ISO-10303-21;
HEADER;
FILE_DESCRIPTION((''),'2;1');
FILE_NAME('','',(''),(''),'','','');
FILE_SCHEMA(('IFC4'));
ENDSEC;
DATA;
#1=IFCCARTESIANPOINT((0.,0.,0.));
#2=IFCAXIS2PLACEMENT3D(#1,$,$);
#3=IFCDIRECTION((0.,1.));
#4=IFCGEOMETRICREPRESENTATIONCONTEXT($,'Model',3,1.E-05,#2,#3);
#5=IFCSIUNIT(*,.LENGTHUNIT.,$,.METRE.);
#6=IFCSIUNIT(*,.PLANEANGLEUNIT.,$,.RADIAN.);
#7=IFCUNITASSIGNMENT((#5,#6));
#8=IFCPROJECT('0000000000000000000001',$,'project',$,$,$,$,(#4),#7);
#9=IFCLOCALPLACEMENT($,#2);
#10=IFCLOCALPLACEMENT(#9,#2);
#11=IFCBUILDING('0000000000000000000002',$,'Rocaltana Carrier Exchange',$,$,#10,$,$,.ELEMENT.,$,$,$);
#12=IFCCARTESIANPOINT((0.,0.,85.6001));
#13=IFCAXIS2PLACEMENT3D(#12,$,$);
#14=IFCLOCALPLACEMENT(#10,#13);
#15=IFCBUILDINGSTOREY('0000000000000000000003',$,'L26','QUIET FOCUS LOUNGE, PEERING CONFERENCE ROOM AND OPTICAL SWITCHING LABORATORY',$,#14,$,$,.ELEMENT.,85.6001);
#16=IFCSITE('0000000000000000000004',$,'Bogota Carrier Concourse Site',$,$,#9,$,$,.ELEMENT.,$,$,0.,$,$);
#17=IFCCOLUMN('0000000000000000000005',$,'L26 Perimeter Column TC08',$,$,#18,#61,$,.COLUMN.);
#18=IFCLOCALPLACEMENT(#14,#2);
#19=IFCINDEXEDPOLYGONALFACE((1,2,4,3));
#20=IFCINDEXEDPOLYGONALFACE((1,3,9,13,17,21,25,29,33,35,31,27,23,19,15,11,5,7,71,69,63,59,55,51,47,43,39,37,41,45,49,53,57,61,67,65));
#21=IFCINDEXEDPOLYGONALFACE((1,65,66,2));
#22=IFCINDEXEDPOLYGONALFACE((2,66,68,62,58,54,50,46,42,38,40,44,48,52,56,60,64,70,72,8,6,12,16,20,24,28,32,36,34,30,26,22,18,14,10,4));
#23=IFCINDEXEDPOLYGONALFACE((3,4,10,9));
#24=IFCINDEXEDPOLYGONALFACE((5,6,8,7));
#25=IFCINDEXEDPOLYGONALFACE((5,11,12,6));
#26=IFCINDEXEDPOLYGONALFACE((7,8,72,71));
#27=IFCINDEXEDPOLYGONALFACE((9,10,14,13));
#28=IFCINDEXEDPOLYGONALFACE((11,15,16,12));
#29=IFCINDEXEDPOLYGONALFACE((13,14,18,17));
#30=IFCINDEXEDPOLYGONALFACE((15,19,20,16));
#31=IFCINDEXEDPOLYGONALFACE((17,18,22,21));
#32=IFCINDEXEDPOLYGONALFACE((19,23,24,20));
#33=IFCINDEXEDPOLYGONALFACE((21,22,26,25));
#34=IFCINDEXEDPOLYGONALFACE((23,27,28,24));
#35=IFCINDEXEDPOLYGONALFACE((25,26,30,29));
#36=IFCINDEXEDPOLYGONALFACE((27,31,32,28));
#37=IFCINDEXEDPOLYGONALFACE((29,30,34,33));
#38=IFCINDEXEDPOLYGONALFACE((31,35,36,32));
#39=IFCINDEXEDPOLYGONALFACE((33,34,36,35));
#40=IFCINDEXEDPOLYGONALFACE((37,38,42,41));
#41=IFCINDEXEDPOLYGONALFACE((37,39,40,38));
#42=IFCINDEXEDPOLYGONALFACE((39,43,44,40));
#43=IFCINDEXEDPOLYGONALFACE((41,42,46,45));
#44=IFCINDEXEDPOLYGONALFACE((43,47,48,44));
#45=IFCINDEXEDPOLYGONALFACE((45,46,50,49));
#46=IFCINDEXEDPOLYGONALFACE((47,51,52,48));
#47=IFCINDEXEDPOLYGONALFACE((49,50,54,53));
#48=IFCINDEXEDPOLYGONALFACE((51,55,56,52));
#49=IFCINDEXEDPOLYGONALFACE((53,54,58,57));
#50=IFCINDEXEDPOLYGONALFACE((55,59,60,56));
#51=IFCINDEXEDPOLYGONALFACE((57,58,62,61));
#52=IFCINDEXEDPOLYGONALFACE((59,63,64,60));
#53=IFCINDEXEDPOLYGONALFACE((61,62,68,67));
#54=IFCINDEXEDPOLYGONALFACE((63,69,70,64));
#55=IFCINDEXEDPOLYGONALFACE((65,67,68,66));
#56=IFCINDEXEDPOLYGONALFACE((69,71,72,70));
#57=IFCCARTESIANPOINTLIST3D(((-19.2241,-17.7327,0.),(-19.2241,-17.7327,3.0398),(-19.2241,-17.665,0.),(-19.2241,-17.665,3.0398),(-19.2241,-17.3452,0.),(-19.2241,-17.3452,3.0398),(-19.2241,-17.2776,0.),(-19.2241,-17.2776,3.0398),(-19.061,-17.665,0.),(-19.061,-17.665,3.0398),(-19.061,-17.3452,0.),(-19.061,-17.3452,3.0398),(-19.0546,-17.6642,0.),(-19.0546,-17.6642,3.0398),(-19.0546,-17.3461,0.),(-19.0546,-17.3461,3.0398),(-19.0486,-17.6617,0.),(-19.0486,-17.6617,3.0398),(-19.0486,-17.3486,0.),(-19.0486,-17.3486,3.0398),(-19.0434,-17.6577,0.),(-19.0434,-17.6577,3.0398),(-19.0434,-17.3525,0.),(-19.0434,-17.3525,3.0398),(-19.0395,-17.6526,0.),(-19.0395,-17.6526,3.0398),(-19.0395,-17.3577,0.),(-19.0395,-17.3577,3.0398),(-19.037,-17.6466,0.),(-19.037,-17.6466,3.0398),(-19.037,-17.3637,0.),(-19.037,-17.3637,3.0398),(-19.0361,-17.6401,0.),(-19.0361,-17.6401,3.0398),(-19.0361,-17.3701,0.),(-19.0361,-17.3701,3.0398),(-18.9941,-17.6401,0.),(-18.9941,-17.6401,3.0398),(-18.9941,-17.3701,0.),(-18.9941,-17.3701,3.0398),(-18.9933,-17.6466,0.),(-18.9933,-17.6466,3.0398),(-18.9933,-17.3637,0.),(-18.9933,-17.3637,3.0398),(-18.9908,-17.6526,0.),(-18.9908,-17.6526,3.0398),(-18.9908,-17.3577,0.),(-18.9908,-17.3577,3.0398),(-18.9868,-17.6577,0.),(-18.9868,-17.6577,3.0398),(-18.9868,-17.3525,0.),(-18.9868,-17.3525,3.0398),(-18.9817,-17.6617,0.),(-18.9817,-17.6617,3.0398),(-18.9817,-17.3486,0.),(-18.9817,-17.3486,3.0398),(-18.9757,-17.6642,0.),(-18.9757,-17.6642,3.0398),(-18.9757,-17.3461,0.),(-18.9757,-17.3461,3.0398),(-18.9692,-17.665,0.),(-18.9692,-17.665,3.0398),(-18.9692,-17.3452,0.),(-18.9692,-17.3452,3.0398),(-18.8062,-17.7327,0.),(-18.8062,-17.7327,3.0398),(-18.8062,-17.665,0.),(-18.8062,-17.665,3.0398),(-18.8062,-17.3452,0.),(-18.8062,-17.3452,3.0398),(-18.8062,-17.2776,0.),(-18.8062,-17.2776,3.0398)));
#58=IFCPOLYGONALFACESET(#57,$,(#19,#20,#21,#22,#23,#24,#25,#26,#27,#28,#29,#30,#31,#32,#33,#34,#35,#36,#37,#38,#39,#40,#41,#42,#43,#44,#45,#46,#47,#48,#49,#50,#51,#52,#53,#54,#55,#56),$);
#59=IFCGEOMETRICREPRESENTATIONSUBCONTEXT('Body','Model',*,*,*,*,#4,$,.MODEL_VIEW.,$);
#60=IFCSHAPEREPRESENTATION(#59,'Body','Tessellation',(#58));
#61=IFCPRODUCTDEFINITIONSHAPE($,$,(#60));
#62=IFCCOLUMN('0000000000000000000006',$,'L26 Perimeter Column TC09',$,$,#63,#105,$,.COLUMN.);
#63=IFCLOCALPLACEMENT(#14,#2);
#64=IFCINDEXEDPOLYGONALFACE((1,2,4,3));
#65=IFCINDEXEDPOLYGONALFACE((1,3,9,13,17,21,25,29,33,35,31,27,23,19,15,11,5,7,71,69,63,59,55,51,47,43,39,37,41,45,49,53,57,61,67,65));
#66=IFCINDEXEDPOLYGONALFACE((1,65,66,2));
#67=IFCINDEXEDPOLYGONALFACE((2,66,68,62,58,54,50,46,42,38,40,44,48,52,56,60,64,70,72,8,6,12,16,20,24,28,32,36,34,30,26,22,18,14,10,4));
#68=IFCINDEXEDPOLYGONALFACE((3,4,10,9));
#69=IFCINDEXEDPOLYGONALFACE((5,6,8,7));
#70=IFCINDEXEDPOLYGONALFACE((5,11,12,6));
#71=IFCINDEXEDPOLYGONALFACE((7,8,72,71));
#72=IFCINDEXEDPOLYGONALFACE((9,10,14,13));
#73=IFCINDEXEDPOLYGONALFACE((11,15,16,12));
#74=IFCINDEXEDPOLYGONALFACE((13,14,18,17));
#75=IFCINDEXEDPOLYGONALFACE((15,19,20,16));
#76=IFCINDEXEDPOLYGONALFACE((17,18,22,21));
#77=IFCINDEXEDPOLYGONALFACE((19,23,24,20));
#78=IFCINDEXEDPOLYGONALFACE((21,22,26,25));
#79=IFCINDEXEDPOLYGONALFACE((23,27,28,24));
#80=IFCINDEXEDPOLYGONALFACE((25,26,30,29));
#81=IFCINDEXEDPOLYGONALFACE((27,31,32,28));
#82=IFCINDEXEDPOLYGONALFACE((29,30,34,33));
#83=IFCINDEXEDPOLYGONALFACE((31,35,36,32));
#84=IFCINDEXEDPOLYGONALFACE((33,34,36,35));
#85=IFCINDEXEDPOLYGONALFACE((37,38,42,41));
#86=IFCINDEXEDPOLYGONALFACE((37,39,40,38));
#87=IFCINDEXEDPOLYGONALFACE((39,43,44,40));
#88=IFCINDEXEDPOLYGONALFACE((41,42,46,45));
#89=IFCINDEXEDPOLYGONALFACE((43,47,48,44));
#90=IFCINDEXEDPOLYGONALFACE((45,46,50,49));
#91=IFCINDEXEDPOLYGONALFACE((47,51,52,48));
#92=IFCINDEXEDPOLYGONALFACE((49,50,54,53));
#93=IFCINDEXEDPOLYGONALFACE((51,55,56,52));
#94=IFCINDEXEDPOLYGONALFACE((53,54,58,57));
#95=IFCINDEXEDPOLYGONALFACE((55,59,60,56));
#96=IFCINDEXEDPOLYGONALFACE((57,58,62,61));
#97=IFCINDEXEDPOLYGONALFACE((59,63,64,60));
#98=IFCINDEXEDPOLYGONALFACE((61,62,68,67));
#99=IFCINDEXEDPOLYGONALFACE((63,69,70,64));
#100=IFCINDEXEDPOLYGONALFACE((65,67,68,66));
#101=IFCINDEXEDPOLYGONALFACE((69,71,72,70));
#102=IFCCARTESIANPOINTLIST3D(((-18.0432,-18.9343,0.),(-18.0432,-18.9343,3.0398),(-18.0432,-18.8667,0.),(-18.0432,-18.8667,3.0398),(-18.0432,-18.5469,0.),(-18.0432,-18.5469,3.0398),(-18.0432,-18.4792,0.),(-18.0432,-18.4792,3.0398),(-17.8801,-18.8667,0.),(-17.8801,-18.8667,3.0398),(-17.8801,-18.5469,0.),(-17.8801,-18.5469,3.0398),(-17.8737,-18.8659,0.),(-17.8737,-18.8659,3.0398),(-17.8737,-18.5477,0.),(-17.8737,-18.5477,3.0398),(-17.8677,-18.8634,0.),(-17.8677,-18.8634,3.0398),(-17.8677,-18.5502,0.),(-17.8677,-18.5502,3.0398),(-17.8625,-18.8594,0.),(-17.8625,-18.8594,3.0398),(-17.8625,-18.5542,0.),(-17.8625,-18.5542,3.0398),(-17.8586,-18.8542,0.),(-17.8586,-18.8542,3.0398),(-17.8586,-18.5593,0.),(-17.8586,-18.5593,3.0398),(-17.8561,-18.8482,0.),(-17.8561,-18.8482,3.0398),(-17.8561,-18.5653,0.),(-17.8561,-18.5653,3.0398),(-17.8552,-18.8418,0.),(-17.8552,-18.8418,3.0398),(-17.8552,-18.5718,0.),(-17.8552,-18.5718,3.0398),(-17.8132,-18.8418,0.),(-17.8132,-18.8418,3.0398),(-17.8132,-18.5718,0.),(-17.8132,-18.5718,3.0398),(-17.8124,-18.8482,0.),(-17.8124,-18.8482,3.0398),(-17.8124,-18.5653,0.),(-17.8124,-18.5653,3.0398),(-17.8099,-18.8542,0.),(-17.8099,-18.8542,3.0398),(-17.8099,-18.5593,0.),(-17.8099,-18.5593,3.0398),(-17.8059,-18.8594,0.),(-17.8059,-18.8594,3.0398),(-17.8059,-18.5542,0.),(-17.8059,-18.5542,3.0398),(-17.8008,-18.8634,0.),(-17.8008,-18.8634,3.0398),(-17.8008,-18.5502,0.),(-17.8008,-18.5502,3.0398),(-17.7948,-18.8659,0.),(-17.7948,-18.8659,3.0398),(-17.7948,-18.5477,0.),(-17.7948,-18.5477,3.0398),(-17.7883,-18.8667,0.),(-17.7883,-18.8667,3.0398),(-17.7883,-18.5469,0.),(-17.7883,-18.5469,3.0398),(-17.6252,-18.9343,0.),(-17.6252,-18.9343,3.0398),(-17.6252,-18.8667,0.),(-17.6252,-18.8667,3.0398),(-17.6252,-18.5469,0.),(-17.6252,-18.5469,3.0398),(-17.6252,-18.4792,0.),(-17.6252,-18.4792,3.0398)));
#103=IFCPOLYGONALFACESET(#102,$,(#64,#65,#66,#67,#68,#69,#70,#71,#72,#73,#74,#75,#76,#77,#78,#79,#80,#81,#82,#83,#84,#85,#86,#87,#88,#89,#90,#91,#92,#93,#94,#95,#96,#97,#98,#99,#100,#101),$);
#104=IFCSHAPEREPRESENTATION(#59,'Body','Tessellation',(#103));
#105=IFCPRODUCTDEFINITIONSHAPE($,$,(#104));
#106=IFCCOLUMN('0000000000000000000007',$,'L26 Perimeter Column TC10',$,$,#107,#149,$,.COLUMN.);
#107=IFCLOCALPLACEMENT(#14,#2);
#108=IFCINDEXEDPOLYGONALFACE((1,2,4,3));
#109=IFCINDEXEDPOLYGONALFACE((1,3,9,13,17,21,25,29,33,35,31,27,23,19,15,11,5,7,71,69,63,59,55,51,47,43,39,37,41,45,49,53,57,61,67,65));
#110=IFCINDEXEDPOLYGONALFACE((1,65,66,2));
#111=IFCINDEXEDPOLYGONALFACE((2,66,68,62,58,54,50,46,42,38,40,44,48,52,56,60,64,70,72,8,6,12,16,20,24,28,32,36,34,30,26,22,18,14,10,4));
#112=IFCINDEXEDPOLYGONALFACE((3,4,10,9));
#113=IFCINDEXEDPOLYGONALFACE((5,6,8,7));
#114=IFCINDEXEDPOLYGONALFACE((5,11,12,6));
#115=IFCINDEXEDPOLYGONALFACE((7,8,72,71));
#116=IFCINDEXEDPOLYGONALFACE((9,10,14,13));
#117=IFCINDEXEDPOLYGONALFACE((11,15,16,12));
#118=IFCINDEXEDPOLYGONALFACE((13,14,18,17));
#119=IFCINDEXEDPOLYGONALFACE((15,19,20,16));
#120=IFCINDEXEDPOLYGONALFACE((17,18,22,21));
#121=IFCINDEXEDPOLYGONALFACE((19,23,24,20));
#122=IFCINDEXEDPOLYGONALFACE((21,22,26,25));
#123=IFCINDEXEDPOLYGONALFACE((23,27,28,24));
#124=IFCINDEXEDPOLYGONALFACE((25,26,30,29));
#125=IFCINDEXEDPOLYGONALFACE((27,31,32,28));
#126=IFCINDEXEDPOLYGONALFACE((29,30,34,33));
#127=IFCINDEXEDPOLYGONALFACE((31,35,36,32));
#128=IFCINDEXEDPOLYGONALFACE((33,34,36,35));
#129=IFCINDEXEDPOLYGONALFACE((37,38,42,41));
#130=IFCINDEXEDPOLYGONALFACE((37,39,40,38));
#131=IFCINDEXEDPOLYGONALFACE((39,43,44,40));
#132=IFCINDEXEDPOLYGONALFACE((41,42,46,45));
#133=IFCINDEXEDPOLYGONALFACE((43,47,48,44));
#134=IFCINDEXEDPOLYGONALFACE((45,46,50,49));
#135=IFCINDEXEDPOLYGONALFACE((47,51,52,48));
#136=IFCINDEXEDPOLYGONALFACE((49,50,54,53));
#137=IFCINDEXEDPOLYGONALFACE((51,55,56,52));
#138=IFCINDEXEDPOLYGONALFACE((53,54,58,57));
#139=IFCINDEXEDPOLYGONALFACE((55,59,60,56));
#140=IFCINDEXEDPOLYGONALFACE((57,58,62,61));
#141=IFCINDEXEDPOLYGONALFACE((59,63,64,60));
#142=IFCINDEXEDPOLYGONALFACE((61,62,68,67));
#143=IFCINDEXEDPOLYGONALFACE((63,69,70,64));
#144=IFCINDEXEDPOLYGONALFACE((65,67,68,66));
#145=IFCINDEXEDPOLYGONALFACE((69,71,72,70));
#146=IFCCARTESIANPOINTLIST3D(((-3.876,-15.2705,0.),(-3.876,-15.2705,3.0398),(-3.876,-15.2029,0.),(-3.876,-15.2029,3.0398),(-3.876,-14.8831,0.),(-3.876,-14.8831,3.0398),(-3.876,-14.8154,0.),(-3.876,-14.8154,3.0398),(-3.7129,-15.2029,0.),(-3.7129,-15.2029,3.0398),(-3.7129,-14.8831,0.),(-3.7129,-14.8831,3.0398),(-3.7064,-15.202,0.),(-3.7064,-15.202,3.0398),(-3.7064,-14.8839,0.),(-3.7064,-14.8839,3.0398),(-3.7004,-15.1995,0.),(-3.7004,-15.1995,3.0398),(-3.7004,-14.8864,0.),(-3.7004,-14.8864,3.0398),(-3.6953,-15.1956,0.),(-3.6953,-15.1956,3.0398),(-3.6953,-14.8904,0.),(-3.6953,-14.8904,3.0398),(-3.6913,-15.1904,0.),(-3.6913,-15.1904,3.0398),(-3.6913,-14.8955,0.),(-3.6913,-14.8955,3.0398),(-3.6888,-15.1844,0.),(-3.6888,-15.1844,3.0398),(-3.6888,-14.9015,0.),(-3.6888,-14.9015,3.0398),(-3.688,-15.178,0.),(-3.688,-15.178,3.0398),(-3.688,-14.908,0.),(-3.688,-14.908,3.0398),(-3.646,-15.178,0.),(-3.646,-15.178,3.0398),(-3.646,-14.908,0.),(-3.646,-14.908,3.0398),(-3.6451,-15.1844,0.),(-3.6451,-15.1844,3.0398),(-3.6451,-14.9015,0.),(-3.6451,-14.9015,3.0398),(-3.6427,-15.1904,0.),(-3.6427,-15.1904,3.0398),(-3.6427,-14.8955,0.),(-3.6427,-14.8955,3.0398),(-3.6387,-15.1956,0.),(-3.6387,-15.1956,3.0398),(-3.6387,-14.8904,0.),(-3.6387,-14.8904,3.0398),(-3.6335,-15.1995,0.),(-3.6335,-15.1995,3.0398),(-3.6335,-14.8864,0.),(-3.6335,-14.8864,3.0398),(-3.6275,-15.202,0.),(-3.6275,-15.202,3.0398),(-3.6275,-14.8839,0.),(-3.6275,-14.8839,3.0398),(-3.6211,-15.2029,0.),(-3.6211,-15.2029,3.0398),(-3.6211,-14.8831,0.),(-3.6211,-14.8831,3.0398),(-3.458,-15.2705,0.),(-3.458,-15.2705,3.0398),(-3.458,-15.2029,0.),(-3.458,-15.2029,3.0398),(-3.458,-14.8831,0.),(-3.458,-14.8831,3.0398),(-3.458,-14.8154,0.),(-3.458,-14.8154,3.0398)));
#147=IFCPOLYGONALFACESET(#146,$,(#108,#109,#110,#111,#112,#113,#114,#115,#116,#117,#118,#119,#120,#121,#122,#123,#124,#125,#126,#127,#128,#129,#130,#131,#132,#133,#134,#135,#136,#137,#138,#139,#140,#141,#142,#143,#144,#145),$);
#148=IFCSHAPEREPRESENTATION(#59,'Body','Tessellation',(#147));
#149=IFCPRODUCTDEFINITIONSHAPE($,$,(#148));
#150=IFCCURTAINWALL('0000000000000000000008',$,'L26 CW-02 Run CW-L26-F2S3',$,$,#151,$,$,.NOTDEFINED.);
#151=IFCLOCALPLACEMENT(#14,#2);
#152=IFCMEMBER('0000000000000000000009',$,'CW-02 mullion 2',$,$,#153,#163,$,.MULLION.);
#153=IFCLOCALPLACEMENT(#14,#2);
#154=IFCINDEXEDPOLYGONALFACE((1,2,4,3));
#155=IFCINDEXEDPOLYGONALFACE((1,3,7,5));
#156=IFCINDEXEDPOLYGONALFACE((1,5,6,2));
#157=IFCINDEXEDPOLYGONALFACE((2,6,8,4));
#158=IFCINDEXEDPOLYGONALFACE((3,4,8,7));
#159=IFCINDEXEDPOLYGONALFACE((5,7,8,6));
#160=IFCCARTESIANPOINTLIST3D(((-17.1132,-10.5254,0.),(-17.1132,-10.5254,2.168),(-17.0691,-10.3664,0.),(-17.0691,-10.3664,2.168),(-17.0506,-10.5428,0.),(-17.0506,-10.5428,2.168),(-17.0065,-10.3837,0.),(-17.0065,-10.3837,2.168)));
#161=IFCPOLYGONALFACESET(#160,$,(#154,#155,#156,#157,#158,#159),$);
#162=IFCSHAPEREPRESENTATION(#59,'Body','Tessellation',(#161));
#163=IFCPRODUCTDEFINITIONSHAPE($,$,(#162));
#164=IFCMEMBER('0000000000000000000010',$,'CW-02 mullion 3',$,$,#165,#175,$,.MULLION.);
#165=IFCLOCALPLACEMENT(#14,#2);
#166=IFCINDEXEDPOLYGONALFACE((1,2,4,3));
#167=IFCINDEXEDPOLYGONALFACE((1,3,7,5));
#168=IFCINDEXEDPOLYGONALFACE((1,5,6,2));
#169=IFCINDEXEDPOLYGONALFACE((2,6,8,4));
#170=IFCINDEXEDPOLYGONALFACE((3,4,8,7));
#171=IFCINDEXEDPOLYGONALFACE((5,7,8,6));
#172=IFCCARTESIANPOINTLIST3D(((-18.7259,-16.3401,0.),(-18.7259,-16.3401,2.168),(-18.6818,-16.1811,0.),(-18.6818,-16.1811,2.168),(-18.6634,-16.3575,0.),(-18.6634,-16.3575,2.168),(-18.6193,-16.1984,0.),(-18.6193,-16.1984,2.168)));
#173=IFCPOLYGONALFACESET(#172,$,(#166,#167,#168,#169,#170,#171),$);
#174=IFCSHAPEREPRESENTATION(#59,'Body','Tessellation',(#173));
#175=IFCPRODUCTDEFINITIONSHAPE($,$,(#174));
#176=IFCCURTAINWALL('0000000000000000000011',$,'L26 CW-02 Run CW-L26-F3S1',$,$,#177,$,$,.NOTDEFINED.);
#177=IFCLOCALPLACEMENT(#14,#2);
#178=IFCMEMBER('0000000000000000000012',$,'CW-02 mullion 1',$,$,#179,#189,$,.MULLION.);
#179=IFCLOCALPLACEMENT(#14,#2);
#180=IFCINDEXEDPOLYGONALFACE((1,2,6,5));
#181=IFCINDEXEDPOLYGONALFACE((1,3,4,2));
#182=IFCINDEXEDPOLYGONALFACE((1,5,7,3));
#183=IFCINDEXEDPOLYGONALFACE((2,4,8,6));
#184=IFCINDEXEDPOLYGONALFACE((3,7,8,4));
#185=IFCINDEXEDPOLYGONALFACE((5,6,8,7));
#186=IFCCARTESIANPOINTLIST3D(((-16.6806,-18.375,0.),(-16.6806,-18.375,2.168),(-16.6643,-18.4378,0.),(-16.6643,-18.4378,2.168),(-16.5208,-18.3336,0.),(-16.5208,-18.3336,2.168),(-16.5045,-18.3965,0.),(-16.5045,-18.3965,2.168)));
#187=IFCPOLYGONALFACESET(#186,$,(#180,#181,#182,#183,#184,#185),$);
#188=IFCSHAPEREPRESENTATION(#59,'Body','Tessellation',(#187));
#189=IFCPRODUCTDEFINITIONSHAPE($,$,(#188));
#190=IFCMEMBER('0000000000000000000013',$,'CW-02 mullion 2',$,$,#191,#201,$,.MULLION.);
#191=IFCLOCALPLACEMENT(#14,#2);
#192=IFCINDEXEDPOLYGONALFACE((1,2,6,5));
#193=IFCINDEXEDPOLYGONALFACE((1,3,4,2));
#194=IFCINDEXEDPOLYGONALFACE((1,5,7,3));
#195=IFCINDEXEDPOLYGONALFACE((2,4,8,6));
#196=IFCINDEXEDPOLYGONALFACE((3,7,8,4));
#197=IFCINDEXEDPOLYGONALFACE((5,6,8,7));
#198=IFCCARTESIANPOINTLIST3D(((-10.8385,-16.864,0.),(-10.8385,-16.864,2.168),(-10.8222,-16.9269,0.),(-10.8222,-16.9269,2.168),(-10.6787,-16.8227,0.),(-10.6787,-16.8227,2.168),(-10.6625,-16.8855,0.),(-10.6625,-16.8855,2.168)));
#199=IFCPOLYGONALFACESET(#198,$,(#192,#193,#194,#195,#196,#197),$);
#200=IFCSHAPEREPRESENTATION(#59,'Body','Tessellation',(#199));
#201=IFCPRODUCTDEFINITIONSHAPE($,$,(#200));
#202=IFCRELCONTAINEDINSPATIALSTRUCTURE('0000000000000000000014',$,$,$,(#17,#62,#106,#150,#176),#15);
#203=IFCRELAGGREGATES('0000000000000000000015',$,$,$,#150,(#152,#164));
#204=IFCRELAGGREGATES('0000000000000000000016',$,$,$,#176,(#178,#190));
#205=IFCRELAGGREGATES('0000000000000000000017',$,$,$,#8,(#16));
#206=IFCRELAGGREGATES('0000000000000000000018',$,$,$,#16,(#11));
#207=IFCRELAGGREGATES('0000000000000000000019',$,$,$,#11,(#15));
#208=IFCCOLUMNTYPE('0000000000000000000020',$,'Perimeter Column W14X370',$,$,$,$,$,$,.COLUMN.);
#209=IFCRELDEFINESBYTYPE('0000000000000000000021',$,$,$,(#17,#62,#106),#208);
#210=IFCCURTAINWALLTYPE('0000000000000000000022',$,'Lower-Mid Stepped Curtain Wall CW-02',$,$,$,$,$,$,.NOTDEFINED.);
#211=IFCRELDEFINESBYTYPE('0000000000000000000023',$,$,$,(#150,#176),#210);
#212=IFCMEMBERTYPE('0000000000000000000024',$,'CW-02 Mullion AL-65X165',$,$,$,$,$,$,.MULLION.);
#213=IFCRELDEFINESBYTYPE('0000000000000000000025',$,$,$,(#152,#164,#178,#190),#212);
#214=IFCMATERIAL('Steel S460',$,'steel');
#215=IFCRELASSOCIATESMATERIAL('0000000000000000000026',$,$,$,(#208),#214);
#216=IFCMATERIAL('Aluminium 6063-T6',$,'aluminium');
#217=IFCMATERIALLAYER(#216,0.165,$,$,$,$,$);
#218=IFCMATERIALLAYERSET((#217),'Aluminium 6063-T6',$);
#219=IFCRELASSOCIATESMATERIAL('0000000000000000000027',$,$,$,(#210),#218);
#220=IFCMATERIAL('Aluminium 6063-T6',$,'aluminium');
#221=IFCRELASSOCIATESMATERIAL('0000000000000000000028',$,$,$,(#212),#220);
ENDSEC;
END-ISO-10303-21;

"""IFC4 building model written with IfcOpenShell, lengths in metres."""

from ifc_helpers import new_model, si_unit, direction, frame, origin, origin_2d, place, context, subcontext, project, spatial, rectangle, i_section, extrude, material, layer, layer_set, material_profile, profile_set, type_object, element, aggregate, save


model = new_model("IFC4")

# Units and contexts
model_context = context("Model", 3, precision=1e-05, world=origin(), true_north=direction((0.0, 1.0)))
body_context = subcontext(model_context, "Body", "Model", "MODEL_VIEW")
ifc_project = project(units=[si_unit("LENGTHUNIT", "METRE"), si_unit("PLANEANGLEUNIT", "RADIAN")], contexts=[model_context])

# Site, building, storey
site_placement = place(None, origin())
site = spatial("IfcSite", under=ifc_project, at=site_placement, Name="Bogota Carrier Concourse Site", CompositionType="ELEMENT", RefElevation=0.0)
building_placement = place(site_placement, origin())
building = spatial("IfcBuilding", under=site, at=building_placement, Name="Rocaltana Carrier Exchange", CompositionType="ELEMENT")
storey_placement = place(building_placement, frame((0.0, 0.0, 85.6001)))
storey = spatial("IfcBuildingStorey", under=building, at=storey_placement, Name="L26", Description="QUIET FOCUS LOUNGE, PEERING CONFERENCE ROOM AND OPTICAL SWITCHING LABORATORY", CompositionType="ELEMENT", Elevation=85.6001)

# Columns
ifc_material_1 = material(Name="Steel S460", Category="steel")
ifc_material_profile_1 = material_profile(ifc_material_1, i_section(OverallWidth=0.418, OverallDepth=0.4551, WebThickness=0.042, FlangeThickness=0.0676, FilletRadius=0.0249, at=origin_2d()), Name="W14X370")
ifc_profile_set_1 = profile_set([ifc_material_profile_1], Name="Steel S460")
column_type = type_object("IfcColumnType", Name="Perimeter Column W14X370", PredefinedType="COLUMN", material=ifc_profile_set_1)
for number, where, z_axis, x_axis, name in (
    (1, (-19.0151, -17.5051, 0.0), (0.0, 0.0, 1.0), (1.0, 0.0, 0.0), "L26 Perimeter Column TC08"),
    (2, (-17.8342, -18.7068, 0.0), (0.0, 0.0, 1.0), (1.0, 0.0, 0.0), "L26 Perimeter Column TC09"),
    (3, (-3.667, -15.043, 0.0), (0.0, 0.0, 1.0), (1.0, 0.0, 0.0), "L26 Perimeter Column TC10"),
):
    element("IfcColumn", number, at=place(storey_placement, frame(where, z_axis=z_axis, x_axis=x_axis)), inside=storey, type_object=column_type, Name=name, PredefinedType="COLUMN", context=body_context, shape_type="SweptSolid", body=[
        extrude(i_section(OverallWidth=0.418, OverallDepth=0.4551, WebThickness=0.042, FlangeThickness=0.0676, FilletRadius=0.0249, at=origin_2d()), origin(), (0.0, 0.0, 1.0), 3.0398),
    ])

# Curtain walls, members
ifc_material_2 = material(Name="Aluminium 6063-T6", Category="aluminium")
ifc_layer_1 = layer(ifc_material_2, 0.165)
ifc_layer_set_1 = layer_set([ifc_layer_1], Name="Aluminium 6063-T6")
curtain_wall_type = type_object("IfcCurtainWallType", Name="Lower-Mid Stepped Curtain Wall CW-02", PredefinedType="NOTDEFINED", material=ifc_layer_set_1)
curtain_wall_1_placement = place(storey_placement, origin())
curtain_wall_1 = element("IfcCurtainWall", 4, at=curtain_wall_1_placement, inside=storey, type_object=curtain_wall_type, Name="L26 CW-02 Run CW-L26-F2S3", PredefinedType="NOTDEFINED")
ifc_material_3 = material(Name="Aluminium 6063-T6", Category="aluminium")
ifc_material_profile_2 = material_profile(ifc_material_3, rectangle(XDim=0.0649, YDim=0.165, at=origin_2d()), Name="AL-65X165")
ifc_profile_set_2 = profile_set([ifc_material_profile_2], Name="Aluminium 6063-T6")
member_type_1 = type_object("IfcMemberType", Name="CW-02 Mullion AL-65X165", PredefinedType="MULLION", material=ifc_profile_set_2)
member_1_placement = place(storey_placement, frame((-17.0598, -10.4546, 0.0), z_axis=(0.0, 0.0, 1.0), x_axis=(0.963629, -0.267243, 0.0)))
member_1 = element("IfcMember", 5, at=member_1_placement, type_object=member_type_1, Name="CW-02 mullion 2", PredefinedType="MULLION", context=body_context, shape_type="SweptSolid", body=[
    extrude(rectangle(XDim=0.0649, YDim=0.165, at=origin_2d()), origin(), (0.0, 0.0, 1.0), 2.168),
])
member_2_placement = place(storey_placement, frame((-18.6726, -16.2693, 0.0), z_axis=(0.0, 0.0, 1.0), x_axis=(0.963629, -0.267243, 0.0)))
member_2 = element("IfcMember", 6, at=member_2_placement, type_object=member_type_1, Name="CW-02 mullion 3", PredefinedType="MULLION", context=body_context, shape_type="SweptSolid", body=[
    extrude(rectangle(XDim=0.0649, YDim=0.165, at=origin_2d()), origin(), (0.0, 0.0, 1.0), 2.168),
])
curtain_wall_2_placement = place(storey_placement, origin())
curtain_wall_2 = element("IfcCurtainWall", 7, at=curtain_wall_2_placement, inside=storey, type_object=curtain_wall_type, Name="L26 CW-02 Run CW-L26-F3S1", PredefinedType="NOTDEFINED")
member_3_placement = place(storey_placement, frame((-16.5925, -18.3857, 0.0), z_axis=(0.0, 0.0, 1.0), x_axis=(-0.250378, 0.968148, 0.0)))
member_3 = element("IfcMember", 8, at=member_3_placement, type_object=member_type_1, Name="CW-02 mullion 1", PredefinedType="MULLION", context=body_context, shape_type="SweptSolid", body=[
    extrude(rectangle(XDim=0.0649, YDim=0.165, at=origin_2d()), origin(), (0.0, 0.0, 1.0), 2.168),
])
member_4_placement = place(storey_placement, frame((-10.7505, -16.8748, 0.0), z_axis=(0.0, 0.0, 1.0), x_axis=(-0.250378, 0.968148, 0.0)))
member_4 = element("IfcMember", 9, at=member_4_placement, type_object=member_type_1, Name="CW-02 mullion 2", PredefinedType="MULLION", context=body_context, shape_type="SweptSolid", body=[
    extrude(rectangle(XDim=0.0649, YDim=0.165, at=origin_2d()), origin(), (0.0, 0.0, 1.0), 2.168),
])

aggregate(curtain_wall_1, [member_1, member_2])
aggregate(curtain_wall_2, [member_3, member_4])

save(model, "model.ifc")
